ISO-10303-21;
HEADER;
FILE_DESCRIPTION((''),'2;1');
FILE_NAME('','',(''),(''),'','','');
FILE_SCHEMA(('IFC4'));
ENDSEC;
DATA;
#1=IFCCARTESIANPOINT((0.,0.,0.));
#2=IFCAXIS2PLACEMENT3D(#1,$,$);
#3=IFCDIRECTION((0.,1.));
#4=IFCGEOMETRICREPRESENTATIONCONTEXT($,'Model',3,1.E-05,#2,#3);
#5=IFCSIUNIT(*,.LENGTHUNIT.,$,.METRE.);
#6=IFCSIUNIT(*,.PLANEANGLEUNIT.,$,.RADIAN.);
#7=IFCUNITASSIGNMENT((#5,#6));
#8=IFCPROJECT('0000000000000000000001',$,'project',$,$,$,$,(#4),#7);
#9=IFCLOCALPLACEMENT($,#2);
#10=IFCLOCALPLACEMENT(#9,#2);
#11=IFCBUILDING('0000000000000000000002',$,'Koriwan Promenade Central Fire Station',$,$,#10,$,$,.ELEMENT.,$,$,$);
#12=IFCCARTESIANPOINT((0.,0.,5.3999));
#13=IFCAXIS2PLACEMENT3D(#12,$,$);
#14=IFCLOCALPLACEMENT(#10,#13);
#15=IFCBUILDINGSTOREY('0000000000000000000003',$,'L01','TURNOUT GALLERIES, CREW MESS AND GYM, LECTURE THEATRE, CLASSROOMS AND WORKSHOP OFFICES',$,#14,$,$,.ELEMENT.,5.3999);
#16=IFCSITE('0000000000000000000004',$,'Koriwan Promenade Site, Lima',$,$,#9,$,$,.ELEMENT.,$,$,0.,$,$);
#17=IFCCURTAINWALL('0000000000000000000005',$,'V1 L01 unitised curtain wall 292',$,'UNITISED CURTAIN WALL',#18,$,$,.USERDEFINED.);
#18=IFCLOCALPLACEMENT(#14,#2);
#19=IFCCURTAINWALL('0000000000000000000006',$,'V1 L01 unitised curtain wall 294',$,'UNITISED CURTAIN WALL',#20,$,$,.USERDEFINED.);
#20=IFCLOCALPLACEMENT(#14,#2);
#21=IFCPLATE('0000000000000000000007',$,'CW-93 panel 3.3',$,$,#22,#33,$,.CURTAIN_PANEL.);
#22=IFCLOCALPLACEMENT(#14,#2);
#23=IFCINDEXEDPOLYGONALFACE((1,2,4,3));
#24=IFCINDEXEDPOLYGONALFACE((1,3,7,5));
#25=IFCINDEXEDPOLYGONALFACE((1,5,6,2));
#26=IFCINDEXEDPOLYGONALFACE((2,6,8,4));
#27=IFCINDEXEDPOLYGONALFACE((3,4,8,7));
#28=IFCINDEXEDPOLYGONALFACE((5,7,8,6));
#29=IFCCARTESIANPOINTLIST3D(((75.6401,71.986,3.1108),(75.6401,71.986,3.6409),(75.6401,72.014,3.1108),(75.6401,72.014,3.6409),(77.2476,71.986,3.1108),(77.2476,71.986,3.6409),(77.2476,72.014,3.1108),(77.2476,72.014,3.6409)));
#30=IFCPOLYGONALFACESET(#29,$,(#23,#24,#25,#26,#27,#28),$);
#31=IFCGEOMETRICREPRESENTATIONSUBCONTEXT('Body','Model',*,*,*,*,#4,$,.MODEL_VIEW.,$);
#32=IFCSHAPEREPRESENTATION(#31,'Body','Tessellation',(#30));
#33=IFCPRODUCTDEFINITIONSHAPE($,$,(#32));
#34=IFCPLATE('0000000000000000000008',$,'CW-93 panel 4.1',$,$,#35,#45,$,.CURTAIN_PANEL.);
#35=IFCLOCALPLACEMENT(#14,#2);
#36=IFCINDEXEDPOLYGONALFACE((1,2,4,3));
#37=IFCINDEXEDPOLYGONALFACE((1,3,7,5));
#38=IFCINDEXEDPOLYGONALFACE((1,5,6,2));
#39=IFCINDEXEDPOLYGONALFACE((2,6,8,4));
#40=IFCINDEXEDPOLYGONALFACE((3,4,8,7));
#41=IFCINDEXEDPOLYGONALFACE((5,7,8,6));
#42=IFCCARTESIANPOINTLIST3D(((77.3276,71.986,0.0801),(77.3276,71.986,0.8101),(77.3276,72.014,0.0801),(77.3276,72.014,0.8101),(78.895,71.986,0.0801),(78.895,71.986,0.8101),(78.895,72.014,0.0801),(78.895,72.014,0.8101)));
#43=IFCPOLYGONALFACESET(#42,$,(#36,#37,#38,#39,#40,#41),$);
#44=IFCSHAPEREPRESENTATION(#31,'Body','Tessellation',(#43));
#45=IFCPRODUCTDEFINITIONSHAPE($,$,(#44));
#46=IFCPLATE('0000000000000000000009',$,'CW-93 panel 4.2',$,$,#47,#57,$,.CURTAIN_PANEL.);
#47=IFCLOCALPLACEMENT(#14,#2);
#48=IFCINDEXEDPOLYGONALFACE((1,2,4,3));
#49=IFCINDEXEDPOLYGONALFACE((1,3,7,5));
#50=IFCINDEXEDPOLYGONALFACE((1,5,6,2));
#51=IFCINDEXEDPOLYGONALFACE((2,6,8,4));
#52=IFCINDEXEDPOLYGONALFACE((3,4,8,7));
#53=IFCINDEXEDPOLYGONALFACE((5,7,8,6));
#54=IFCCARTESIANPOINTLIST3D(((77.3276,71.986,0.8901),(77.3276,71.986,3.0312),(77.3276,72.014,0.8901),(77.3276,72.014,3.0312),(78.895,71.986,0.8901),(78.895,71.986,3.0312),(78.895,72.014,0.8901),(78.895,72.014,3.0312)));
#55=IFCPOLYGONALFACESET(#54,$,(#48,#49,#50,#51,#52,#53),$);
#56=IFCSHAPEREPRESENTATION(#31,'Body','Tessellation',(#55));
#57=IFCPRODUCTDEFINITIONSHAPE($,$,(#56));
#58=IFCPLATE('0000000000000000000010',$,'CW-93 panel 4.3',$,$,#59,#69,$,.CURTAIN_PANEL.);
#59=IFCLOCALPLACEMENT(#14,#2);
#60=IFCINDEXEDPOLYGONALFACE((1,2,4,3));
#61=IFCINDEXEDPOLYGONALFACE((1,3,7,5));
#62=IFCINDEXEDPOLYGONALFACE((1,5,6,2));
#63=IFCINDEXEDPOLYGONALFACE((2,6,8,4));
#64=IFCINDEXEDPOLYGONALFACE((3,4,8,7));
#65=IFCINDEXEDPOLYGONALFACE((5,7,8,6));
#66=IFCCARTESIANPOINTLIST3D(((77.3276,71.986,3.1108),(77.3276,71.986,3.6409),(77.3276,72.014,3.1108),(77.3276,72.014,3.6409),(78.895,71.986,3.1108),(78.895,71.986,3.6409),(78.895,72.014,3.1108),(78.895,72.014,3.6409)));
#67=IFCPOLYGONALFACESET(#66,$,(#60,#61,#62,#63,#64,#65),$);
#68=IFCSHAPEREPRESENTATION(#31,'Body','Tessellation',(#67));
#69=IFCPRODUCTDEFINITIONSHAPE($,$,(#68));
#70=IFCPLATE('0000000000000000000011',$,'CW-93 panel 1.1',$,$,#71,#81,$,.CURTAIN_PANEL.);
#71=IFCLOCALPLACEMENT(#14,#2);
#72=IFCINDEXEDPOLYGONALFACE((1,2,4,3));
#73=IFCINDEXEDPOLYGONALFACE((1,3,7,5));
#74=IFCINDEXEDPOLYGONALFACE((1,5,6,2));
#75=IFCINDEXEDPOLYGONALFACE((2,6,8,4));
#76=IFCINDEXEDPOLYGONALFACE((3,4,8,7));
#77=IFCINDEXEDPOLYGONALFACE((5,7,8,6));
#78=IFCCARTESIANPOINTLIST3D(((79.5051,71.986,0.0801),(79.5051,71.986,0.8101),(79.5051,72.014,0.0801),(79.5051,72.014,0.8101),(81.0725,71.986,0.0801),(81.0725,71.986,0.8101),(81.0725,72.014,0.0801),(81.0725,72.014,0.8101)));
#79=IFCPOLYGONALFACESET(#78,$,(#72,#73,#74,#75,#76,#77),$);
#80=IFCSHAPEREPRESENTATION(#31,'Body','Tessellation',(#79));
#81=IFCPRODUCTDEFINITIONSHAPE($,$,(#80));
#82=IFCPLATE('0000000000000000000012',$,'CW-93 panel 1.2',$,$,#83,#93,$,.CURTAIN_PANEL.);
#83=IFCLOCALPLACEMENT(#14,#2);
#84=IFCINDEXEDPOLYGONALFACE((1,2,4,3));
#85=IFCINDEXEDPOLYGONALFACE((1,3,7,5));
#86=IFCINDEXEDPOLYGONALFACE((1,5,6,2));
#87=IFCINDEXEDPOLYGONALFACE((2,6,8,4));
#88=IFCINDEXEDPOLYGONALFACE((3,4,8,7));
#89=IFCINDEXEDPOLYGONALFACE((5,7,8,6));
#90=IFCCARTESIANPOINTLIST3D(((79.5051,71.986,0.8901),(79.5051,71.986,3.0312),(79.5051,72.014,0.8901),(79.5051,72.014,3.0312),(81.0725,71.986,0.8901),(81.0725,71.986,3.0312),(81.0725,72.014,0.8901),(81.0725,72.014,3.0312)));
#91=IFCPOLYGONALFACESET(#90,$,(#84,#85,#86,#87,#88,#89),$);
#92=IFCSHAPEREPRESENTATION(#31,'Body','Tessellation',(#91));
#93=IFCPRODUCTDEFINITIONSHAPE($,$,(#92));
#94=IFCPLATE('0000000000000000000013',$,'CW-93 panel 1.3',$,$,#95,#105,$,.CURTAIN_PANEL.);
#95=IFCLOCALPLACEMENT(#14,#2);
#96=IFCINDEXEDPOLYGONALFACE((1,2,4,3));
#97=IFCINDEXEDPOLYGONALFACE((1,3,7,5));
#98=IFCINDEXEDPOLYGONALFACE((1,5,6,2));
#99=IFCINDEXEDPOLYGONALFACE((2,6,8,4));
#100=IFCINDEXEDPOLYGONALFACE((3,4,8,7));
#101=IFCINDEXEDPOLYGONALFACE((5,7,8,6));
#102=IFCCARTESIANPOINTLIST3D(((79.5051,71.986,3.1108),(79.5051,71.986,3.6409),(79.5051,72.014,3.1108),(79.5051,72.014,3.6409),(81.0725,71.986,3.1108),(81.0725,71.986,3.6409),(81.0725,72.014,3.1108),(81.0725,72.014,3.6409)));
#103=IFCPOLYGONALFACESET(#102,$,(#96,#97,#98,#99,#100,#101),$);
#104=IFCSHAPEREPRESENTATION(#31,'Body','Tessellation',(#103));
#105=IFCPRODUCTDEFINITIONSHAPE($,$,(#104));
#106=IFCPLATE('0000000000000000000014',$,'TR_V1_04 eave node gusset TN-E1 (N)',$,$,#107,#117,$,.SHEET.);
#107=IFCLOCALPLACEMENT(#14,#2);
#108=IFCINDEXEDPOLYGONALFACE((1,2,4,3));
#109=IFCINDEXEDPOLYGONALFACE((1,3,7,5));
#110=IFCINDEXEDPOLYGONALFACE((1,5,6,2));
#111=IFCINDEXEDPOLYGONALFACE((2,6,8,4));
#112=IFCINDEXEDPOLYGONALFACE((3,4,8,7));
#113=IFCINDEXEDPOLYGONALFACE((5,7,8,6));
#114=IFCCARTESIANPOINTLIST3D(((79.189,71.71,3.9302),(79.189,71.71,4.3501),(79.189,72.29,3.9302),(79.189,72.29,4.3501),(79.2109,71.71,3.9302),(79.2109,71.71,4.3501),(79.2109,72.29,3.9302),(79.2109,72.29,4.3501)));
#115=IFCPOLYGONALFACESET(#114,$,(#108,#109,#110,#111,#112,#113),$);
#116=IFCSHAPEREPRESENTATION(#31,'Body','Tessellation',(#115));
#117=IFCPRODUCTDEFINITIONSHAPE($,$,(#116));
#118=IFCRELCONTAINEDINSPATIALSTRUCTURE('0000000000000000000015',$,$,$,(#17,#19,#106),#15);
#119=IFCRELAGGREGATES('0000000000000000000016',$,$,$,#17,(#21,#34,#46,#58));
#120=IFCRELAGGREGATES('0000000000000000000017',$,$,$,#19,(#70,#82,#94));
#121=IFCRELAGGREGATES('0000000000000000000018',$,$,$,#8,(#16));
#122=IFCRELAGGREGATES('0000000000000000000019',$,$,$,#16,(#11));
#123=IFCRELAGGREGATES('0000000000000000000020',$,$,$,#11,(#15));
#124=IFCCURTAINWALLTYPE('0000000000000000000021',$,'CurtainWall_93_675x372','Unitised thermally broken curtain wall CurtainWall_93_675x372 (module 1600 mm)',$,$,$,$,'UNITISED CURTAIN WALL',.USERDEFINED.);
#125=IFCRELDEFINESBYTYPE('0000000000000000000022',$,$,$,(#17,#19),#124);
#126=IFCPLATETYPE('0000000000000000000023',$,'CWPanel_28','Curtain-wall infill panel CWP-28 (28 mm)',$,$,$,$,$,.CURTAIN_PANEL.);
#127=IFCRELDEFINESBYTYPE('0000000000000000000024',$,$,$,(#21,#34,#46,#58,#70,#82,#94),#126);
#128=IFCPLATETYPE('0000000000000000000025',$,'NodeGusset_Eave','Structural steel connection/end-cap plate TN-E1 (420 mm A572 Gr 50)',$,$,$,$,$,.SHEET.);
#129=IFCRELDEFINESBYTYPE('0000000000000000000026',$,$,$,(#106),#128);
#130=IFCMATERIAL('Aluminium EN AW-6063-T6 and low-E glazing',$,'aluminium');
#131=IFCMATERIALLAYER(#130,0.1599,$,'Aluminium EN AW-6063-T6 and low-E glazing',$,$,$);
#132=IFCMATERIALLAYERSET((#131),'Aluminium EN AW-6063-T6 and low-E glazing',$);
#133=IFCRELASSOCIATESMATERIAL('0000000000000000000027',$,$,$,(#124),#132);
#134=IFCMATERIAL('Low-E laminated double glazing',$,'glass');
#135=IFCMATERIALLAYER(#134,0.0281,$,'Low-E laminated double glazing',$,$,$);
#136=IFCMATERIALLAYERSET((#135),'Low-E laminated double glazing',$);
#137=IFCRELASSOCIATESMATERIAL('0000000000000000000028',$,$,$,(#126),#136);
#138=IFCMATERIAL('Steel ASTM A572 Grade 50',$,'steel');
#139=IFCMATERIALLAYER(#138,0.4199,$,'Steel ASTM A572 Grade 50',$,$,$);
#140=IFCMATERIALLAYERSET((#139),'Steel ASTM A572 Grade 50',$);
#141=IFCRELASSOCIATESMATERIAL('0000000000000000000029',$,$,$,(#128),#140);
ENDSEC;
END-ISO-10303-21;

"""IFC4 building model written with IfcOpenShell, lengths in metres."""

from ifc_helpers import new_model, si_unit, direction, frame, origin, origin_2d, place, context, subcontext, project, spatial, rectangle, extrude, material, layer, layer_set, type_object, element, aggregate, save


model = new_model("IFC4")

# Units and contexts
model_context = context("Model", 3, precision=1e-05, world=origin(), true_north=direction((0.0, 1.0)))
body_context = subcontext(model_context, "Body", "Model", "MODEL_VIEW")
ifc_project = project(units=[si_unit("LENGTHUNIT", "METRE"), si_unit("PLANEANGLEUNIT", "RADIAN")], contexts=[model_context])

# Site, building, storey
site_placement = place(None, origin())
site = spatial("IfcSite", under=ifc_project, at=site_placement, Name="Koriwan Promenade Site, Lima", CompositionType="ELEMENT", RefElevation=0.0)
building_placement = place(site_placement, origin())
building = spatial("IfcBuilding", under=site, at=building_placement, Name="Koriwan Promenade Central Fire Station", CompositionType="ELEMENT")
storey_placement = place(building_placement, frame((0.0, 0.0, 5.3999)))
storey = spatial("IfcBuildingStorey", under=building, at=storey_placement, Name="L01", Description="TURNOUT GALLERIES, CREW MESS AND GYM, LECTURE THEATRE, CLASSROOMS AND WORKSHOP OFFICES", CompositionType="ELEMENT", Elevation=5.3999)

# Curtain walls
ifc_material_1 = material(Name="Aluminium EN AW-6063-T6 and low-E glazing", Category="aluminium")
ifc_layer_1 = layer(ifc_material_1, 0.1599, Name="Aluminium EN AW-6063-T6 and low-E glazing")
ifc_layer_set_1 = layer_set([ifc_layer_1], Name="Aluminium EN AW-6063-T6 and low-E glazing")
curtain_wall_type = type_object("IfcCurtainWallType", Name="CurtainWall_93_675x372", Description="Unitised thermally broken curtain wall CurtainWall_93_675x372 (module 1600 mm)", ElementType="UNITISED CURTAIN WALL", PredefinedType="USERDEFINED", material=ifc_layer_set_1)
curtain_wall_1_placement = place(storey_placement, origin())
curtain_wall_1 = element("IfcCurtainWall", 1, at=curtain_wall_1_placement, inside=storey, type_object=curtain_wall_type, Name="V1 L01 unitised curtain wall 292", ObjectType="UNITISED CURTAIN WALL", PredefinedType="USERDEFINED")
curtain_wall_2_placement = place(storey_placement, origin())
curtain_wall_2 = element("IfcCurtainWall", 2, at=curtain_wall_2_placement, inside=storey, type_object=curtain_wall_type, Name="V1 L01 unitised curtain wall 294", ObjectType="UNITISED CURTAIN WALL", PredefinedType="USERDEFINED")

# Plates
ifc_material_2 = material(Name="Low-E laminated double glazing", Category="glass")
ifc_layer_2 = layer(ifc_material_2, 0.0281, Name="Low-E laminated double glazing")
ifc_layer_set_2 = layer_set([ifc_layer_2], Name="Low-E laminated double glazing")
plate_type_1 = type_object("IfcPlateType", Name="CWPanel_28", Description="Curtain-wall infill panel CWP-28 (28 mm)", PredefinedType="CURTAIN_PANEL", material=ifc_layer_set_2)
plate_1_placement = place(storey_placement, frame((76.4438, 72.0, 3.1108), z_axis=(0.0, 0.0, 1.0), x_axis=(1.0, 0.0, 0.0)))
plate_1 = element("IfcPlate", 3, at=plate_1_placement, type_object=plate_type_1, Name="CW-93 panel 3.3", PredefinedType="CURTAIN_PANEL", context=body_context, shape_type="SweptSolid", body=[
    extrude(rectangle(XDim=1.6074, YDim=0.0281, at=origin_2d()), origin(), (0.0, 0.0, 1.0), 0.53),
])
plate_2_placement = place(storey_placement, frame((78.1113, 72.0, 0.0801), z_axis=(0.0, 0.0, 1.0), x_axis=(1.0, 0.0, 0.0)))
plate_2 = element("IfcPlate", 4, at=plate_2_placement, type_object=plate_type_1, Name="CW-93 panel 4.1", PredefinedType="CURTAIN_PANEL", context=body_context, shape_type="SweptSolid", body=[
    extrude(rectangle(XDim=1.5674, YDim=0.0281, at=origin_2d()), origin(), (0.0, 0.0, 1.0), 0.73),
])
plate_3_placement = place(storey_placement, frame((78.1113, 72.0, 0.8901), z_axis=(0.0, 0.0, 1.0), x_axis=(1.0, 0.0, 0.0)))
plate_3 = element("IfcPlate", 5, at=plate_3_placement, type_object=plate_type_1, Name="CW-93 panel 4.2", PredefinedType="CURTAIN_PANEL", context=body_context, shape_type="SweptSolid", body=[
    extrude(rectangle(XDim=1.5674, YDim=0.0281, at=origin_2d()), origin(), (0.0, 0.0, 1.0), 2.1411),
])
plate_4_placement = place(storey_placement, frame((78.1113, 72.0, 3.1108), z_axis=(0.0, 0.0, 1.0), x_axis=(1.0, 0.0, 0.0)))
plate_4 = element("IfcPlate", 6, at=plate_4_placement, type_object=plate_type_1, Name="CW-93 panel 4.3", PredefinedType="CURTAIN_PANEL", context=body_context, shape_type="SweptSolid", body=[
    extrude(rectangle(XDim=1.5674, YDim=0.0281, at=origin_2d()), origin(), (0.0, 0.0, 1.0), 0.53),
])
aggregate(curtain_wall_1, [plate_1, plate_2, plate_3, plate_4])
plate_5_placement = place(storey_placement, frame((80.2888, 72.0, 0.0801), z_axis=(0.0, 0.0, 1.0), x_axis=(1.0, 0.0, 0.0)))
plate_5 = element("IfcPlate", 7, at=plate_5_placement, type_object=plate_type_1, Name="CW-93 panel 1.1", PredefinedType="CURTAIN_PANEL", context=body_context, shape_type="SweptSolid", body=[
    extrude(rectangle(XDim=1.5674, YDim=0.0281, at=origin_2d()), origin(), (0.0, 0.0, 1.0), 0.73),
])
plate_6_placement = place(storey_placement, frame((80.2888, 72.0, 0.8901), z_axis=(0.0, 0.0, 1.0), x_axis=(1.0, 0.0, 0.0)))
plate_6 = element("IfcPlate", 8, at=plate_6_placement, type_object=plate_type_1, Name="CW-93 panel 1.2", PredefinedType="CURTAIN_PANEL", context=body_context, shape_type="SweptSolid", body=[
    extrude(rectangle(XDim=1.5674, YDim=0.0281, at=origin_2d()), origin(), (0.0, 0.0, 1.0), 2.1411),
])
plate_7_placement = place(storey_placement, frame((80.2888, 72.0, 3.1108), z_axis=(0.0, 0.0, 1.0), x_axis=(1.0, 0.0, 0.0)))
plate_7 = element("IfcPlate", 9, at=plate_7_placement, type_object=plate_type_1, Name="CW-93 panel 1.3", PredefinedType="CURTAIN_PANEL", context=body_context, shape_type="SweptSolid", body=[
    extrude(rectangle(XDim=1.5674, YDim=0.0281, at=origin_2d()), origin(), (0.0, 0.0, 1.0), 0.53),
])
aggregate(curtain_wall_2, [plate_5, plate_6, plate_7])
ifc_material_3 = material(Name="Steel ASTM A572 Grade 50", Category="steel")
ifc_layer_3 = layer(ifc_material_3, 0.4199, Name="Steel ASTM A572 Grade 50")
ifc_layer_set_3 = layer_set([ifc_layer_3], Name="Steel ASTM A572 Grade 50")
plate_type_2 = type_object("IfcPlateType", Name="NodeGusset_Eave", Description="Structural steel connection/end-cap plate TN-E1 (420 mm A572 Gr 50)", PredefinedType="SHEET", material=ifc_layer_set_3)
plate_8_placement = place(storey_placement, frame((79.2, 72.0, 3.9302), z_axis=(0.0, 0.0, 1.0), x_axis=(1.0, 0.0, 0.0)))
element("IfcPlate", 10, at=plate_8_placement, inside=storey, type_object=plate_type_2, Name="TR_V1_04 eave node gusset TN-E1 (N)", PredefinedType="SHEET", context=body_context, shape_type="SweptSolid", body=[
    extrude(rectangle(XDim=0.022, YDim=0.5801, at=origin_2d()), origin(), (0.0, 0.0, 1.0), 0.4199),
])

save(model, "model.ifc")
